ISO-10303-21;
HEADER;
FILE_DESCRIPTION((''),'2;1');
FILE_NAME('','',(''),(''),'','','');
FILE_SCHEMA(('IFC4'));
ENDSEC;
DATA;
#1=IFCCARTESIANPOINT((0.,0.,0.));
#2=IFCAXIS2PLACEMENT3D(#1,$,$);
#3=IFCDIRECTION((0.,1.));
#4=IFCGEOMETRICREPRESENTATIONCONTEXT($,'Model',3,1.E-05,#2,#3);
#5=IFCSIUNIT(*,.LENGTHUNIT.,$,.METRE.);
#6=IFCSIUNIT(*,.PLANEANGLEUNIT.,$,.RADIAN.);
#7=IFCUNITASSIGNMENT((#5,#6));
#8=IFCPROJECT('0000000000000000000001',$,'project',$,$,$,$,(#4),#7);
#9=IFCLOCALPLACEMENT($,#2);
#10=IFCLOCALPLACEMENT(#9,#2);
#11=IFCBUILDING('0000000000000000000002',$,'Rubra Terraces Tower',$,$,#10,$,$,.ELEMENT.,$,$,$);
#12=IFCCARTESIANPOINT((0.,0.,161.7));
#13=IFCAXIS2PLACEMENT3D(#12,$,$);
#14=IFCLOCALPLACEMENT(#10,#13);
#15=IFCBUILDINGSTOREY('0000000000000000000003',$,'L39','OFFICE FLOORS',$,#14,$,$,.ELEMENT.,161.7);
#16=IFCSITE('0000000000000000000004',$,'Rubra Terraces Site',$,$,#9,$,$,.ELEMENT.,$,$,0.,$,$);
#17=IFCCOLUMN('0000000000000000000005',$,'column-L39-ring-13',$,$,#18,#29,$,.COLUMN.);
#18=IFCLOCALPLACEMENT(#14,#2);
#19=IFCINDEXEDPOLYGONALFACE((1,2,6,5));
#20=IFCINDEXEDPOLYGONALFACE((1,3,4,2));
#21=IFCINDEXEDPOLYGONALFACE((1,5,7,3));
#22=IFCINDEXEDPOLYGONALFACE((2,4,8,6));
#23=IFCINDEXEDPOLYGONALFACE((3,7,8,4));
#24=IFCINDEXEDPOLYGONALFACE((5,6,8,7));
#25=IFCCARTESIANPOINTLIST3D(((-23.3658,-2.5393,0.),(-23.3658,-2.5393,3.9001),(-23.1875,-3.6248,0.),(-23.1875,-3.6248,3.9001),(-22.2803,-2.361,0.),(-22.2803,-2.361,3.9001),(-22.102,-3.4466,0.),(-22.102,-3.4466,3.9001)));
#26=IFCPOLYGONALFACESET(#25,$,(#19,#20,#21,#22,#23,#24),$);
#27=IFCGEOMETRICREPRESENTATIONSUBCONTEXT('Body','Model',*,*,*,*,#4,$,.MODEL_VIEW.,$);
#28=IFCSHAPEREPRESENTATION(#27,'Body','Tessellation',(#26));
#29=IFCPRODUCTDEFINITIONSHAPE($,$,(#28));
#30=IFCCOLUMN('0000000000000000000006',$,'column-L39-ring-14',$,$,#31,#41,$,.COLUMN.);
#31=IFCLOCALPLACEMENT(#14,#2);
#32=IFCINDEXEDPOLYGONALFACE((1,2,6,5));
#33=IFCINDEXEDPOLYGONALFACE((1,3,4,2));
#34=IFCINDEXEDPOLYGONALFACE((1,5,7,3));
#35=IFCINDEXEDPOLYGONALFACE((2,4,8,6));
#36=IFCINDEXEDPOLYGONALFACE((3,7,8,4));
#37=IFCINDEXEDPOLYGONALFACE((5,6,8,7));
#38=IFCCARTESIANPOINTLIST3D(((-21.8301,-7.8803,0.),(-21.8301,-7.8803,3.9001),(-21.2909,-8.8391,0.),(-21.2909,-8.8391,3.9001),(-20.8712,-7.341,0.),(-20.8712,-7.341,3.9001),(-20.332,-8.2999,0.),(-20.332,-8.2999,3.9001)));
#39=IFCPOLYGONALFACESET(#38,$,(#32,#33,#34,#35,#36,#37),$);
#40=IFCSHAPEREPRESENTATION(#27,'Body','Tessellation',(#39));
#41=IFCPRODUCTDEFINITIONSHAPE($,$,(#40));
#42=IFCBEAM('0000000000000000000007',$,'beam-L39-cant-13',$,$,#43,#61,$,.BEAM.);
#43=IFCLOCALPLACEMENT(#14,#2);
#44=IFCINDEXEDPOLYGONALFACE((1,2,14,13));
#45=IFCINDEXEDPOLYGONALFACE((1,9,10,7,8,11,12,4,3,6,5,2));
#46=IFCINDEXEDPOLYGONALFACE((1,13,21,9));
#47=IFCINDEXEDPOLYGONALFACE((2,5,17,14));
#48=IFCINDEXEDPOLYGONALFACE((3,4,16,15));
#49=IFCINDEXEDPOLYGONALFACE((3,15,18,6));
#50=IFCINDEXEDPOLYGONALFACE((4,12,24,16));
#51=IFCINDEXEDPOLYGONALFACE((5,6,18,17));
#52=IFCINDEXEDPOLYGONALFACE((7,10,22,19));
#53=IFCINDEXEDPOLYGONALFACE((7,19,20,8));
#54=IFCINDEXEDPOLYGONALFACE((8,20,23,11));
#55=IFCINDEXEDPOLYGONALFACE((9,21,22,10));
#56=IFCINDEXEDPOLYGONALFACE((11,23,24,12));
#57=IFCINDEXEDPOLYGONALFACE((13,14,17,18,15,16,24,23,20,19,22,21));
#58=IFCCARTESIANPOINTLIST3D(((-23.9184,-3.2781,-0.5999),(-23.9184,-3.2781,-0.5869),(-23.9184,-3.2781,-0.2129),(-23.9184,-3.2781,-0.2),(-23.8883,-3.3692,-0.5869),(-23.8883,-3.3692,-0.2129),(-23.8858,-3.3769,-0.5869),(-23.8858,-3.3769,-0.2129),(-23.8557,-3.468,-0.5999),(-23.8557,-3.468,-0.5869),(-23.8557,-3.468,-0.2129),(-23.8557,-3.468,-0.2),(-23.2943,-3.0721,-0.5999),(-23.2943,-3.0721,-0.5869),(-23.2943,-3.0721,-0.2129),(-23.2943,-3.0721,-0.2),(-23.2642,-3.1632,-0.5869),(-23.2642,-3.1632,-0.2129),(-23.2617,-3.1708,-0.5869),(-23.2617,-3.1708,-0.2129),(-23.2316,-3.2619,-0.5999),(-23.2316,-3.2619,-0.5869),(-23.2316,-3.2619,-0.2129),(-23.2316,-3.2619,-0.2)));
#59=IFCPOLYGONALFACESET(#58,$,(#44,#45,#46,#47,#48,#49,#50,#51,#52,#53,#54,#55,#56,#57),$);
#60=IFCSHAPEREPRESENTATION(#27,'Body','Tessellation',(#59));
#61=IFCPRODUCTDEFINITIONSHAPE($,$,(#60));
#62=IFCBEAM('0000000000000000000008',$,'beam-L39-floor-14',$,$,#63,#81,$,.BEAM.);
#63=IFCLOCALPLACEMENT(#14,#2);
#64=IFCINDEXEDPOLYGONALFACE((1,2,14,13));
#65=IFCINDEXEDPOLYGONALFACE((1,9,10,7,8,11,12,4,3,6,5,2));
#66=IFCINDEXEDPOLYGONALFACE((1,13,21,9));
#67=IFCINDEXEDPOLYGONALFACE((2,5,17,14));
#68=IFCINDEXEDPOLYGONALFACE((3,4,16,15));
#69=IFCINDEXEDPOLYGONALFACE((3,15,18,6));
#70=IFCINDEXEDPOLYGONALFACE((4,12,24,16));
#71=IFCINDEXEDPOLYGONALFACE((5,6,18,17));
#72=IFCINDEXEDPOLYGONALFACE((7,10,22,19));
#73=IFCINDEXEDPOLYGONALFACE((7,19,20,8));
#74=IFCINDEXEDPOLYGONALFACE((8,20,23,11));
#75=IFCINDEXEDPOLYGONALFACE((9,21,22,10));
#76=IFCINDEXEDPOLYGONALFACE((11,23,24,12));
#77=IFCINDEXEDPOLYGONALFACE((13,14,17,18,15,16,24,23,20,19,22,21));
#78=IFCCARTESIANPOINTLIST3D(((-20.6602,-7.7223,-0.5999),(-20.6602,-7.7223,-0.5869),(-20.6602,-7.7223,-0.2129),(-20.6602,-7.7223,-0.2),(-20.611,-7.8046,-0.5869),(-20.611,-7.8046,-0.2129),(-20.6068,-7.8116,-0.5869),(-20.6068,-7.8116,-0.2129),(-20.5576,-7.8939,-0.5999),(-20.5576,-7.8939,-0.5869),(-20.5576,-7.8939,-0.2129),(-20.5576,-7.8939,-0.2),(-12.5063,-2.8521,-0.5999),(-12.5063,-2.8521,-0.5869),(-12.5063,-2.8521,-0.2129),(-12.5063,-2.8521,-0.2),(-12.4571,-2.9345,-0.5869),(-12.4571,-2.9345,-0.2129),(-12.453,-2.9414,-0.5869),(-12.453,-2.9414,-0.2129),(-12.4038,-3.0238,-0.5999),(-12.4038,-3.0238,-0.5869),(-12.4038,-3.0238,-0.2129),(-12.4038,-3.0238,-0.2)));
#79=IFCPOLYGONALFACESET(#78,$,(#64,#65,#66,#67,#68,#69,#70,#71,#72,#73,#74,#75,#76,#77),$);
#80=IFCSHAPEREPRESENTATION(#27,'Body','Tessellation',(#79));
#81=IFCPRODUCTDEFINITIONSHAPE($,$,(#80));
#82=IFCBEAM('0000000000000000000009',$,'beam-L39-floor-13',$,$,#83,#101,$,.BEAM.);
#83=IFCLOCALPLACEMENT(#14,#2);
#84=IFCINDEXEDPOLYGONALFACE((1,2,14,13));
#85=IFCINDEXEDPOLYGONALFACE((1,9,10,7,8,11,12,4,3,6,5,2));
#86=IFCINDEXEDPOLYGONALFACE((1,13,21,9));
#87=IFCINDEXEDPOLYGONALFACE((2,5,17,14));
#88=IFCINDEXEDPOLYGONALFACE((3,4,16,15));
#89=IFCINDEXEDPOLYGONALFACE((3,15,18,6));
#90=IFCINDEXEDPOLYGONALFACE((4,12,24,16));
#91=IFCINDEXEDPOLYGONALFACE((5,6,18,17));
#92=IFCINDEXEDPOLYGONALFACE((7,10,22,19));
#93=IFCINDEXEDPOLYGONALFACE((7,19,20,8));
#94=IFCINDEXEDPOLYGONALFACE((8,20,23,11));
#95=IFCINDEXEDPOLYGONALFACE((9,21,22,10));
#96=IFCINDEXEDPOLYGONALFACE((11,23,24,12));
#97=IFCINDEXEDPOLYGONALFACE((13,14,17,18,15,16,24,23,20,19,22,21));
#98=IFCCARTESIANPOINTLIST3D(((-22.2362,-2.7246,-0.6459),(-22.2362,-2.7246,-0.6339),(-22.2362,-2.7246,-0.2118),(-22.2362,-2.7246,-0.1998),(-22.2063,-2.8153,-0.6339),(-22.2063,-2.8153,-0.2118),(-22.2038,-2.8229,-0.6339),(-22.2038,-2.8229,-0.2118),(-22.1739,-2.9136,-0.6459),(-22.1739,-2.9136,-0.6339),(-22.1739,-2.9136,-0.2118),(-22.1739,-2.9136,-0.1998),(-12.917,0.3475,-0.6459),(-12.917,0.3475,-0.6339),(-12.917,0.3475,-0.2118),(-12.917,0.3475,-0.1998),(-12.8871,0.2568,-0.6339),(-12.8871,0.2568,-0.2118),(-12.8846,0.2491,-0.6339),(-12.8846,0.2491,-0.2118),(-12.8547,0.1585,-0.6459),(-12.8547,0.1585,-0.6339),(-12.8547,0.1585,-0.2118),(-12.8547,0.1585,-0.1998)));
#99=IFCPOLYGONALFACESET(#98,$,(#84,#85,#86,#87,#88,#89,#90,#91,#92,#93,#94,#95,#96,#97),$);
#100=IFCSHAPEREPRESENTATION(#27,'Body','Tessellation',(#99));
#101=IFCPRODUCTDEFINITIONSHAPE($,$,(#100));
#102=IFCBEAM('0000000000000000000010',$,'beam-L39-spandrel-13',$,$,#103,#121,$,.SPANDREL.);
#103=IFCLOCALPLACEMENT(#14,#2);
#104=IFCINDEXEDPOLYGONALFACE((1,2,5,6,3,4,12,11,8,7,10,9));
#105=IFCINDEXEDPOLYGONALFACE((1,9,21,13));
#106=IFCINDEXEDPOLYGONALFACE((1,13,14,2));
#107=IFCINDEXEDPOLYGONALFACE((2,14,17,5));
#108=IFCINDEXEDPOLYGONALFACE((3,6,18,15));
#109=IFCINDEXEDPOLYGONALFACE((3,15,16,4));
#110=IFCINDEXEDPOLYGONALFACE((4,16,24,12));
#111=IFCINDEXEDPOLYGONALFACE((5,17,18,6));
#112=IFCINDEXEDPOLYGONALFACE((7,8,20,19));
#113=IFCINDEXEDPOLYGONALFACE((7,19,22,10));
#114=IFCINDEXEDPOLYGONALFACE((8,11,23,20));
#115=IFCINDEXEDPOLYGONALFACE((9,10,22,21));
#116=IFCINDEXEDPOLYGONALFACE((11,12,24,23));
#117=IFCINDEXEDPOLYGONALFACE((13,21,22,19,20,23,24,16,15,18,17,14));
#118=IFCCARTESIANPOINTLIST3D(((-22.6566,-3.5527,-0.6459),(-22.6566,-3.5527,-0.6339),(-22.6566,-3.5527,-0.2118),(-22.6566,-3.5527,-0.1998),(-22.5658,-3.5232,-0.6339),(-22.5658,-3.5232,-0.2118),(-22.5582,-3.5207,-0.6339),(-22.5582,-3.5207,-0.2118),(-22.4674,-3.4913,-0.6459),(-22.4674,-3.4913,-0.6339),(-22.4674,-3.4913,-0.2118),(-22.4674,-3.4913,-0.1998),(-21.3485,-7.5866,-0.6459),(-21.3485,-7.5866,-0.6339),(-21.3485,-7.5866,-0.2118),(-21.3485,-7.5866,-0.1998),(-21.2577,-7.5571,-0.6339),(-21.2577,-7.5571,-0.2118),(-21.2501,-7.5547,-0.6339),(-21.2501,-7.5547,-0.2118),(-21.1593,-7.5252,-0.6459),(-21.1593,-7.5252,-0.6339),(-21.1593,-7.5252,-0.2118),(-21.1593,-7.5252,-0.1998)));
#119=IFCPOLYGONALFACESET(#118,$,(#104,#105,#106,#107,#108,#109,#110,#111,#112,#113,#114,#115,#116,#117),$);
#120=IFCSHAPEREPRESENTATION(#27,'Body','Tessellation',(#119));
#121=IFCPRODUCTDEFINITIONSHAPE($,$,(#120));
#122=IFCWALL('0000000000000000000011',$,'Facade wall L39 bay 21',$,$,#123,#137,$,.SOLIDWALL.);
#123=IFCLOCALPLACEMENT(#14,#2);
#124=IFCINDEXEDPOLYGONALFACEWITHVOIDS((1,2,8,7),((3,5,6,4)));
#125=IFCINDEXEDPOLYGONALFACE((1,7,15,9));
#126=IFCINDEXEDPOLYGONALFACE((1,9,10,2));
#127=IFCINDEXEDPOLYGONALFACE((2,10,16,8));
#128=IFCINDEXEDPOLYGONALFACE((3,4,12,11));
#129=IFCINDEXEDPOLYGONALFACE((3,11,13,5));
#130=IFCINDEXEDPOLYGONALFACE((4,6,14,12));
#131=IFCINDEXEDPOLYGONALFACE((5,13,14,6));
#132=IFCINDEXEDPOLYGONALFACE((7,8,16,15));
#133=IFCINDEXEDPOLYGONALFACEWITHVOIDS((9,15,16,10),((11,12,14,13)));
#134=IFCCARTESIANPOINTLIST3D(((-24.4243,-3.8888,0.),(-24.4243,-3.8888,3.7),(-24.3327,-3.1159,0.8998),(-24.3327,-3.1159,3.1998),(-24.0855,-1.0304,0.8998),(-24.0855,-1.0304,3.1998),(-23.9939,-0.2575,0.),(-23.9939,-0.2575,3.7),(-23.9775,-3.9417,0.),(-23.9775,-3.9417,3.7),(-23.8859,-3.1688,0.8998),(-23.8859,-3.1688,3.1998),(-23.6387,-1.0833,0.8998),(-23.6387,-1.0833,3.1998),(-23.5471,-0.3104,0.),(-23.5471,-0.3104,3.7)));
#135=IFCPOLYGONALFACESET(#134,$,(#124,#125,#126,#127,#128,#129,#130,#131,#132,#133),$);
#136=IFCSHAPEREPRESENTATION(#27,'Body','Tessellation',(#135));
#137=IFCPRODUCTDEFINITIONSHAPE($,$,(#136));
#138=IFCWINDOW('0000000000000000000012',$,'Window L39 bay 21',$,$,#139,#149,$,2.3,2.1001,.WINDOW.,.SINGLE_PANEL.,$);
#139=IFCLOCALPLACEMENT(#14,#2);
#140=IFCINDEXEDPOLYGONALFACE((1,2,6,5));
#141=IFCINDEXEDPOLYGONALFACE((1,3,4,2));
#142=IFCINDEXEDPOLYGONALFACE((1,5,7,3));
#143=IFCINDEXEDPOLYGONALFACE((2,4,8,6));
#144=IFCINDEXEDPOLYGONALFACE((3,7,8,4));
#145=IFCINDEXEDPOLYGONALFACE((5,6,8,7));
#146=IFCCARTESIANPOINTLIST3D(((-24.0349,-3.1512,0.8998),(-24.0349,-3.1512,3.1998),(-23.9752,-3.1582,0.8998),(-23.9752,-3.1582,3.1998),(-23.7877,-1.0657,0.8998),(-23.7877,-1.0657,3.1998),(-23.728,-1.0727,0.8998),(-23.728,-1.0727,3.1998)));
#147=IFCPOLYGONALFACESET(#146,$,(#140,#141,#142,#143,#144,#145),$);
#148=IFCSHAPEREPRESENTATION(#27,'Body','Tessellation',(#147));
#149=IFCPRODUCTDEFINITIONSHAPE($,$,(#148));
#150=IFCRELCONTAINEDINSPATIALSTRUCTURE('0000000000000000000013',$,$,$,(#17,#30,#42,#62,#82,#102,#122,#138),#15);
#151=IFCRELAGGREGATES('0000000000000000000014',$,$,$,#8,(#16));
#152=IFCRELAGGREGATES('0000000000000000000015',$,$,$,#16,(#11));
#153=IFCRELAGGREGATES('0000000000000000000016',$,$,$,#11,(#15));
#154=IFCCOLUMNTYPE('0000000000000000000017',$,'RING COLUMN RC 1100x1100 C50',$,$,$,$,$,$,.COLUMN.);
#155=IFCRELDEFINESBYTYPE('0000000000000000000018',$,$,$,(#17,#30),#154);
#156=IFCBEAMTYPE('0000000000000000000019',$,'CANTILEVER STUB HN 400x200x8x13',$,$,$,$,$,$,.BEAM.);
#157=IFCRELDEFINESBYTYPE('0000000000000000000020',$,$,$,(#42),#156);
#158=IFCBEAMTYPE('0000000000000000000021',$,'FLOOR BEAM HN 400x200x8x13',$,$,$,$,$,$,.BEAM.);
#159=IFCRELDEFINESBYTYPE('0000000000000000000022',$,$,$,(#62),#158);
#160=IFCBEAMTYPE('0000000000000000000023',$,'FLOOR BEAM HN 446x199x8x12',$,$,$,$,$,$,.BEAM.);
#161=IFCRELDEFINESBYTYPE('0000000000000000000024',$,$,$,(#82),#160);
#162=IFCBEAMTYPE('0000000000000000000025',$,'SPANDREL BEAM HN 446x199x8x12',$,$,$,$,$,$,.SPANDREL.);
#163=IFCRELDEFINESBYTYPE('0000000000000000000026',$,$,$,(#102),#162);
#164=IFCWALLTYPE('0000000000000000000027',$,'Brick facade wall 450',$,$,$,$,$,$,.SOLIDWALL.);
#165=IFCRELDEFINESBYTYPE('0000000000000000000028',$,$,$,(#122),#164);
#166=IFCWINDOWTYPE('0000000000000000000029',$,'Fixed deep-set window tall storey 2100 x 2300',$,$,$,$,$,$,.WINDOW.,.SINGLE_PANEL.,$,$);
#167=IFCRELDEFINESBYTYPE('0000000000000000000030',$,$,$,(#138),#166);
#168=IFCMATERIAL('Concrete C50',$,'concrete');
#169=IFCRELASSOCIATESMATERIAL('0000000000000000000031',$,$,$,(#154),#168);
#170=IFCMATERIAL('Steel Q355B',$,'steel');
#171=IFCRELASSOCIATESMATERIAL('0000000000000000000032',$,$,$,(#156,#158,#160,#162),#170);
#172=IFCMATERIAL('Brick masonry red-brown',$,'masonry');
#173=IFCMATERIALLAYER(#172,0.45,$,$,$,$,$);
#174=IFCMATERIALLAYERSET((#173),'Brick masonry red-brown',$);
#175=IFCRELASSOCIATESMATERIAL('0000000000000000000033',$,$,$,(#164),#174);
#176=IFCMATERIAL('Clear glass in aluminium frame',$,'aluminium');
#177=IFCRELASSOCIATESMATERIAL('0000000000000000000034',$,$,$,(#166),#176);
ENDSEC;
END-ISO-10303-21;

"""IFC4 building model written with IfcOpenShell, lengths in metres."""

from ifc_helpers import new_model, si_unit, direction, frame, frame_2d, origin, origin_2d, place, context, subcontext, project, spatial, rectangle, i_section, extrude, material, layer, layer_set, material_profile, profile_set, type_object, element, fill, save


model = new_model("IFC4")

# Units and contexts
model_context = context("Model", 3, precision=1e-05, world=origin(), true_north=direction((0.0, 1.0)))
body_context = subcontext(model_context, "Body", "Model", "MODEL_VIEW")
ifc_project = project(units=[si_unit("LENGTHUNIT", "METRE"), si_unit("PLANEANGLEUNIT", "RADIAN")], contexts=[model_context])

# Site, building, storey
site_placement = place(None, origin())
site = spatial("IfcSite", under=ifc_project, at=site_placement, Name="Rubra Terraces Site", CompositionType="ELEMENT", RefElevation=0.0)
building_placement = place(site_placement, origin())
building = spatial("IfcBuilding", under=site, at=building_placement, Name="Rubra Terraces Tower", CompositionType="ELEMENT")
storey_placement = place(building_placement, frame((0.0, 0.0, 161.7)))
storey = spatial("IfcBuildingStorey", under=building, at=storey_placement, Name="L39", Description="OFFICE FLOORS", CompositionType="ELEMENT", Elevation=161.7)

# Columns
ifc_material_1 = material(Name="Concrete C50", Category="concrete")
ifc_material_profile_1 = material_profile(ifc_material_1, rectangle(XDim=1.1001, YDim=1.1001, at=origin_2d()), Name="RC 1100x1100")
ifc_profile_set_1 = profile_set([ifc_material_profile_1], Name="Concrete C50")
column_type = type_object("IfcColumnType", Name="RING COLUMN RC 1100x1100 C50", PredefinedType="COLUMN", material=ifc_profile_set_1)
for number, where, z_axis, x_axis, name in (
    (1, (-22.7339, -2.9929, 0.0), (0.0, 0.0, 1.0), (0.162062, -0.986781, 0.0), "column-L39-ring-13"),
    (2, (-21.0811, -8.0901, 0.0), (0.0, 0.0, 1.0), (0.490162, -0.871631, 0.0), "column-L39-ring-14"),
):
    element("IfcColumn", number, at=place(storey_placement, frame(where, z_axis=z_axis, x_axis=x_axis)), inside=storey, type_object=column_type, Name=name, PredefinedType="COLUMN", context=body_context, shape_type="SweptSolid", body=[
        extrude(rectangle(XDim=1.1001, YDim=1.1001, at=origin_2d()), origin(), (0.0, 0.0, 1.0), 3.9001),
    ])

# Beams
ifc_material_2 = material(Name="Steel Q355B", Category="steel")
ifc_material_profile_2 = material_profile(ifc_material_2, i_section(OverallWidth=0.2, OverallDepth=0.3999, WebThickness=0.0081, FlangeThickness=0.0129, at=origin_2d()), Name="HN 400x200x8x13")
ifc_profile_set_2 = profile_set([ifc_material_profile_2], Name="Steel Q355B")
beam_type_1 = type_object("IfcBeamType", Name="CANTILEVER STUB HN 400x200x8x13", PredefinedType="BEAM", material=ifc_profile_set_2)
beam_1_placement = place(storey_placement, frame((-23.2629, -3.167, -0.3999), z_axis=(-0.949571, -0.313552, 0.0), x_axis=(0.313552, -0.949571, 0.0)))
element("IfcBeam", 3, at=beam_1_placement, inside=storey, type_object=beam_type_1, Name="beam-L39-cant-13", PredefinedType="BEAM", context=body_context, shape_type="SweptSolid", body=[
    extrude(i_section(OverallWidth=0.2, OverallDepth=0.3999, WebThickness=0.0081, FlangeThickness=0.0129, at=origin_2d()), origin(), (0.0, 0.0, 1.0), 0.6572),
])
ifc_material_profile_3 = material_profile(ifc_material_2, i_section(OverallWidth=0.2, OverallDepth=0.3999, WebThickness=0.0081, FlangeThickness=0.0129, at=origin_2d()), Name="HN 400x200x8x13")
ifc_profile_set_3 = profile_set([ifc_material_profile_3], Name="Steel Q355B")
beam_type_2 = type_object("IfcBeamType", Name="FLOOR BEAM HN 400x200x8x13", PredefinedType="BEAM", material=ifc_profile_set_3)
beam_2_placement = place(storey_placement, frame((-20.6089, -7.8081, -0.3999), z_axis=(0.858521, 0.512778, 0.0), x_axis=(-0.512778, 0.858521, 0.0)))
element("IfcBeam", 4, at=beam_2_placement, inside=storey, type_object=beam_type_2, Name="beam-L39-floor-14", PredefinedType="BEAM", context=body_context, shape_type="SweptSolid", body=[
    extrude(i_section(OverallWidth=0.2, OverallDepth=0.3999, WebThickness=0.0081, FlangeThickness=0.0129, at=origin_2d()), origin(), (0.0, 0.0, 1.0), 9.4976),
])
ifc_material_profile_4 = material_profile(ifc_material_2, i_section(OverallWidth=0.199, OverallDepth=0.446, WebThickness=0.0081, FlangeThickness=0.012, at=origin_2d()), Name="HN 446x199x8x12")
ifc_profile_set_4 = profile_set([ifc_material_profile_4], Name="Steel Q355B")
beam_type_3 = type_object("IfcBeamType", Name="FLOOR BEAM HN 446x199x8x12", PredefinedType="BEAM", material=ifc_profile_set_4)
beam_3_placement = place(storey_placement, frame((-22.2051, -2.8191, -0.4229), z_axis=(0.949728, 0.313076, 0.0), x_axis=(-0.313076, 0.949728, 0.0)))
element("IfcBeam", 5, at=beam_3_placement, inside=storey, type_object=beam_type_3, Name="beam-L39-floor-13", PredefinedType="BEAM", context=body_context, shape_type="SweptSolid", body=[
    extrude(i_section(OverallWidth=0.199, OverallDepth=0.446, WebThickness=0.0081, FlangeThickness=0.012, at=origin_2d()), origin(), (0.0, 0.0, 1.0), 9.8125),
])
ifc_material_profile_5 = material_profile(ifc_material_2, i_section(OverallWidth=0.199, OverallDepth=0.446, WebThickness=0.0081, FlangeThickness=0.012, at=origin_2d()), Name="HN 446x199x8x12")
ifc_profile_set_5 = profile_set([ifc_material_profile_5], Name="Steel Q355B")
beam_type_4 = type_object("IfcBeamType", Name="SPANDREL BEAM HN 446x199x8x12", PredefinedType="SPANDREL", material=ifc_profile_set_5)
beam_4_placement = place(storey_placement, frame((-22.562, -3.522, -0.4229), z_axis=(0.308462, -0.951237, 0.0), x_axis=(0.951237, 0.308462, 0.0)))
element("IfcBeam", 6, at=beam_4_placement, inside=storey, type_object=beam_type_4, Name="beam-L39-spandrel-13", PredefinedType="SPANDREL", context=body_context, shape_type="SweptSolid", body=[
    extrude(i_section(OverallWidth=0.199, OverallDepth=0.446, WebThickness=0.0081, FlangeThickness=0.012, at=origin_2d()), origin(), (0.0, 0.0, 1.0), 4.2407),
])

# Wall, opening, window
ifc_material_3 = material(Name="Brick masonry red-brown", Category="masonry")
ifc_layer_1 = layer(ifc_material_3, 0.45)
ifc_layer_set_1 = layer_set([ifc_layer_1], Name="Brick masonry red-brown")
wall_type_1 = type_object("IfcWallType", Name="Brick facade wall 450", PredefinedType="SOLIDWALL", material=ifc_layer_set_1)
wall_1_placement = place(storey_placement, frame((-23.7705, -0.2839, 0.0), z_axis=(0.0, 0.0, 1.0), x_axis=(-0.117705, -0.993049, 0.0)))
wall_1 = element("IfcWall", 7, at=wall_1_placement, inside=storey, type_object=wall_type_1, Name="Facade wall L39 bay 21", PredefinedType="SOLIDWALL", context=body_context, shape_type="SweptSolid", body=[
    extrude(rectangle(XDim=3.6567, YDim=0.45, at=frame_2d((1.8284, 0.0))), origin(), (0.0, 0.0, 1.0), 3.7),
])
opening_1_placement = place(wall_1_placement, frame((0.7783, 0.0, 0.8999)))
opening_1 = element("IfcOpeningElement", 8, at=opening_1_placement, cuts=wall_1, PredefinedType="OPENING", context=body_context, shape_type="SweptSolid", body=[
    extrude(rectangle(XDim=2.1001, YDim=2.3, at=frame_2d((1.05, 1.1499))), frame((0.0, 0.2349, 0.0), z_axis=(0.0, -1.0, 0.0), x_axis=(1.0, 0.0, 0.0)), (0.0, 0.0, 1.0), 0.47),
])
ifc_material_4 = material(Name="Clear glass in aluminium frame", Category="aluminium")
window_type = type_object("IfcWindowType", Name="Fixed deep-set window tall storey 2100 x 2300", PartitioningType="SINGLE_PANEL", PredefinedType="WINDOW", material=ifc_material_4)
window_1_placement = place(opening_1_placement, origin())
window_1 = element("IfcWindow", 9, at=window_1_placement, inside=storey, type_object=window_type, Name="Window L39 bay 21", OverallHeight=2.3, OverallWidth=2.1001, PartitioningType="SINGLE_PANEL", PredefinedType="WINDOW", context=body_context, shape_type="SweptSolid", body=[
    extrude(rectangle(XDim=2.1001, YDim=2.3, at=frame_2d((1.05, 1.1499))), frame((0.0, 0.135, 0.0), z_axis=(0.0, -1.0, 0.0), x_axis=(1.0, 0.0, 0.0)), (0.0, 0.0, 1.0), 0.0601),
])
fill(opening_1, window_1)

save(model, "model.ifc")
